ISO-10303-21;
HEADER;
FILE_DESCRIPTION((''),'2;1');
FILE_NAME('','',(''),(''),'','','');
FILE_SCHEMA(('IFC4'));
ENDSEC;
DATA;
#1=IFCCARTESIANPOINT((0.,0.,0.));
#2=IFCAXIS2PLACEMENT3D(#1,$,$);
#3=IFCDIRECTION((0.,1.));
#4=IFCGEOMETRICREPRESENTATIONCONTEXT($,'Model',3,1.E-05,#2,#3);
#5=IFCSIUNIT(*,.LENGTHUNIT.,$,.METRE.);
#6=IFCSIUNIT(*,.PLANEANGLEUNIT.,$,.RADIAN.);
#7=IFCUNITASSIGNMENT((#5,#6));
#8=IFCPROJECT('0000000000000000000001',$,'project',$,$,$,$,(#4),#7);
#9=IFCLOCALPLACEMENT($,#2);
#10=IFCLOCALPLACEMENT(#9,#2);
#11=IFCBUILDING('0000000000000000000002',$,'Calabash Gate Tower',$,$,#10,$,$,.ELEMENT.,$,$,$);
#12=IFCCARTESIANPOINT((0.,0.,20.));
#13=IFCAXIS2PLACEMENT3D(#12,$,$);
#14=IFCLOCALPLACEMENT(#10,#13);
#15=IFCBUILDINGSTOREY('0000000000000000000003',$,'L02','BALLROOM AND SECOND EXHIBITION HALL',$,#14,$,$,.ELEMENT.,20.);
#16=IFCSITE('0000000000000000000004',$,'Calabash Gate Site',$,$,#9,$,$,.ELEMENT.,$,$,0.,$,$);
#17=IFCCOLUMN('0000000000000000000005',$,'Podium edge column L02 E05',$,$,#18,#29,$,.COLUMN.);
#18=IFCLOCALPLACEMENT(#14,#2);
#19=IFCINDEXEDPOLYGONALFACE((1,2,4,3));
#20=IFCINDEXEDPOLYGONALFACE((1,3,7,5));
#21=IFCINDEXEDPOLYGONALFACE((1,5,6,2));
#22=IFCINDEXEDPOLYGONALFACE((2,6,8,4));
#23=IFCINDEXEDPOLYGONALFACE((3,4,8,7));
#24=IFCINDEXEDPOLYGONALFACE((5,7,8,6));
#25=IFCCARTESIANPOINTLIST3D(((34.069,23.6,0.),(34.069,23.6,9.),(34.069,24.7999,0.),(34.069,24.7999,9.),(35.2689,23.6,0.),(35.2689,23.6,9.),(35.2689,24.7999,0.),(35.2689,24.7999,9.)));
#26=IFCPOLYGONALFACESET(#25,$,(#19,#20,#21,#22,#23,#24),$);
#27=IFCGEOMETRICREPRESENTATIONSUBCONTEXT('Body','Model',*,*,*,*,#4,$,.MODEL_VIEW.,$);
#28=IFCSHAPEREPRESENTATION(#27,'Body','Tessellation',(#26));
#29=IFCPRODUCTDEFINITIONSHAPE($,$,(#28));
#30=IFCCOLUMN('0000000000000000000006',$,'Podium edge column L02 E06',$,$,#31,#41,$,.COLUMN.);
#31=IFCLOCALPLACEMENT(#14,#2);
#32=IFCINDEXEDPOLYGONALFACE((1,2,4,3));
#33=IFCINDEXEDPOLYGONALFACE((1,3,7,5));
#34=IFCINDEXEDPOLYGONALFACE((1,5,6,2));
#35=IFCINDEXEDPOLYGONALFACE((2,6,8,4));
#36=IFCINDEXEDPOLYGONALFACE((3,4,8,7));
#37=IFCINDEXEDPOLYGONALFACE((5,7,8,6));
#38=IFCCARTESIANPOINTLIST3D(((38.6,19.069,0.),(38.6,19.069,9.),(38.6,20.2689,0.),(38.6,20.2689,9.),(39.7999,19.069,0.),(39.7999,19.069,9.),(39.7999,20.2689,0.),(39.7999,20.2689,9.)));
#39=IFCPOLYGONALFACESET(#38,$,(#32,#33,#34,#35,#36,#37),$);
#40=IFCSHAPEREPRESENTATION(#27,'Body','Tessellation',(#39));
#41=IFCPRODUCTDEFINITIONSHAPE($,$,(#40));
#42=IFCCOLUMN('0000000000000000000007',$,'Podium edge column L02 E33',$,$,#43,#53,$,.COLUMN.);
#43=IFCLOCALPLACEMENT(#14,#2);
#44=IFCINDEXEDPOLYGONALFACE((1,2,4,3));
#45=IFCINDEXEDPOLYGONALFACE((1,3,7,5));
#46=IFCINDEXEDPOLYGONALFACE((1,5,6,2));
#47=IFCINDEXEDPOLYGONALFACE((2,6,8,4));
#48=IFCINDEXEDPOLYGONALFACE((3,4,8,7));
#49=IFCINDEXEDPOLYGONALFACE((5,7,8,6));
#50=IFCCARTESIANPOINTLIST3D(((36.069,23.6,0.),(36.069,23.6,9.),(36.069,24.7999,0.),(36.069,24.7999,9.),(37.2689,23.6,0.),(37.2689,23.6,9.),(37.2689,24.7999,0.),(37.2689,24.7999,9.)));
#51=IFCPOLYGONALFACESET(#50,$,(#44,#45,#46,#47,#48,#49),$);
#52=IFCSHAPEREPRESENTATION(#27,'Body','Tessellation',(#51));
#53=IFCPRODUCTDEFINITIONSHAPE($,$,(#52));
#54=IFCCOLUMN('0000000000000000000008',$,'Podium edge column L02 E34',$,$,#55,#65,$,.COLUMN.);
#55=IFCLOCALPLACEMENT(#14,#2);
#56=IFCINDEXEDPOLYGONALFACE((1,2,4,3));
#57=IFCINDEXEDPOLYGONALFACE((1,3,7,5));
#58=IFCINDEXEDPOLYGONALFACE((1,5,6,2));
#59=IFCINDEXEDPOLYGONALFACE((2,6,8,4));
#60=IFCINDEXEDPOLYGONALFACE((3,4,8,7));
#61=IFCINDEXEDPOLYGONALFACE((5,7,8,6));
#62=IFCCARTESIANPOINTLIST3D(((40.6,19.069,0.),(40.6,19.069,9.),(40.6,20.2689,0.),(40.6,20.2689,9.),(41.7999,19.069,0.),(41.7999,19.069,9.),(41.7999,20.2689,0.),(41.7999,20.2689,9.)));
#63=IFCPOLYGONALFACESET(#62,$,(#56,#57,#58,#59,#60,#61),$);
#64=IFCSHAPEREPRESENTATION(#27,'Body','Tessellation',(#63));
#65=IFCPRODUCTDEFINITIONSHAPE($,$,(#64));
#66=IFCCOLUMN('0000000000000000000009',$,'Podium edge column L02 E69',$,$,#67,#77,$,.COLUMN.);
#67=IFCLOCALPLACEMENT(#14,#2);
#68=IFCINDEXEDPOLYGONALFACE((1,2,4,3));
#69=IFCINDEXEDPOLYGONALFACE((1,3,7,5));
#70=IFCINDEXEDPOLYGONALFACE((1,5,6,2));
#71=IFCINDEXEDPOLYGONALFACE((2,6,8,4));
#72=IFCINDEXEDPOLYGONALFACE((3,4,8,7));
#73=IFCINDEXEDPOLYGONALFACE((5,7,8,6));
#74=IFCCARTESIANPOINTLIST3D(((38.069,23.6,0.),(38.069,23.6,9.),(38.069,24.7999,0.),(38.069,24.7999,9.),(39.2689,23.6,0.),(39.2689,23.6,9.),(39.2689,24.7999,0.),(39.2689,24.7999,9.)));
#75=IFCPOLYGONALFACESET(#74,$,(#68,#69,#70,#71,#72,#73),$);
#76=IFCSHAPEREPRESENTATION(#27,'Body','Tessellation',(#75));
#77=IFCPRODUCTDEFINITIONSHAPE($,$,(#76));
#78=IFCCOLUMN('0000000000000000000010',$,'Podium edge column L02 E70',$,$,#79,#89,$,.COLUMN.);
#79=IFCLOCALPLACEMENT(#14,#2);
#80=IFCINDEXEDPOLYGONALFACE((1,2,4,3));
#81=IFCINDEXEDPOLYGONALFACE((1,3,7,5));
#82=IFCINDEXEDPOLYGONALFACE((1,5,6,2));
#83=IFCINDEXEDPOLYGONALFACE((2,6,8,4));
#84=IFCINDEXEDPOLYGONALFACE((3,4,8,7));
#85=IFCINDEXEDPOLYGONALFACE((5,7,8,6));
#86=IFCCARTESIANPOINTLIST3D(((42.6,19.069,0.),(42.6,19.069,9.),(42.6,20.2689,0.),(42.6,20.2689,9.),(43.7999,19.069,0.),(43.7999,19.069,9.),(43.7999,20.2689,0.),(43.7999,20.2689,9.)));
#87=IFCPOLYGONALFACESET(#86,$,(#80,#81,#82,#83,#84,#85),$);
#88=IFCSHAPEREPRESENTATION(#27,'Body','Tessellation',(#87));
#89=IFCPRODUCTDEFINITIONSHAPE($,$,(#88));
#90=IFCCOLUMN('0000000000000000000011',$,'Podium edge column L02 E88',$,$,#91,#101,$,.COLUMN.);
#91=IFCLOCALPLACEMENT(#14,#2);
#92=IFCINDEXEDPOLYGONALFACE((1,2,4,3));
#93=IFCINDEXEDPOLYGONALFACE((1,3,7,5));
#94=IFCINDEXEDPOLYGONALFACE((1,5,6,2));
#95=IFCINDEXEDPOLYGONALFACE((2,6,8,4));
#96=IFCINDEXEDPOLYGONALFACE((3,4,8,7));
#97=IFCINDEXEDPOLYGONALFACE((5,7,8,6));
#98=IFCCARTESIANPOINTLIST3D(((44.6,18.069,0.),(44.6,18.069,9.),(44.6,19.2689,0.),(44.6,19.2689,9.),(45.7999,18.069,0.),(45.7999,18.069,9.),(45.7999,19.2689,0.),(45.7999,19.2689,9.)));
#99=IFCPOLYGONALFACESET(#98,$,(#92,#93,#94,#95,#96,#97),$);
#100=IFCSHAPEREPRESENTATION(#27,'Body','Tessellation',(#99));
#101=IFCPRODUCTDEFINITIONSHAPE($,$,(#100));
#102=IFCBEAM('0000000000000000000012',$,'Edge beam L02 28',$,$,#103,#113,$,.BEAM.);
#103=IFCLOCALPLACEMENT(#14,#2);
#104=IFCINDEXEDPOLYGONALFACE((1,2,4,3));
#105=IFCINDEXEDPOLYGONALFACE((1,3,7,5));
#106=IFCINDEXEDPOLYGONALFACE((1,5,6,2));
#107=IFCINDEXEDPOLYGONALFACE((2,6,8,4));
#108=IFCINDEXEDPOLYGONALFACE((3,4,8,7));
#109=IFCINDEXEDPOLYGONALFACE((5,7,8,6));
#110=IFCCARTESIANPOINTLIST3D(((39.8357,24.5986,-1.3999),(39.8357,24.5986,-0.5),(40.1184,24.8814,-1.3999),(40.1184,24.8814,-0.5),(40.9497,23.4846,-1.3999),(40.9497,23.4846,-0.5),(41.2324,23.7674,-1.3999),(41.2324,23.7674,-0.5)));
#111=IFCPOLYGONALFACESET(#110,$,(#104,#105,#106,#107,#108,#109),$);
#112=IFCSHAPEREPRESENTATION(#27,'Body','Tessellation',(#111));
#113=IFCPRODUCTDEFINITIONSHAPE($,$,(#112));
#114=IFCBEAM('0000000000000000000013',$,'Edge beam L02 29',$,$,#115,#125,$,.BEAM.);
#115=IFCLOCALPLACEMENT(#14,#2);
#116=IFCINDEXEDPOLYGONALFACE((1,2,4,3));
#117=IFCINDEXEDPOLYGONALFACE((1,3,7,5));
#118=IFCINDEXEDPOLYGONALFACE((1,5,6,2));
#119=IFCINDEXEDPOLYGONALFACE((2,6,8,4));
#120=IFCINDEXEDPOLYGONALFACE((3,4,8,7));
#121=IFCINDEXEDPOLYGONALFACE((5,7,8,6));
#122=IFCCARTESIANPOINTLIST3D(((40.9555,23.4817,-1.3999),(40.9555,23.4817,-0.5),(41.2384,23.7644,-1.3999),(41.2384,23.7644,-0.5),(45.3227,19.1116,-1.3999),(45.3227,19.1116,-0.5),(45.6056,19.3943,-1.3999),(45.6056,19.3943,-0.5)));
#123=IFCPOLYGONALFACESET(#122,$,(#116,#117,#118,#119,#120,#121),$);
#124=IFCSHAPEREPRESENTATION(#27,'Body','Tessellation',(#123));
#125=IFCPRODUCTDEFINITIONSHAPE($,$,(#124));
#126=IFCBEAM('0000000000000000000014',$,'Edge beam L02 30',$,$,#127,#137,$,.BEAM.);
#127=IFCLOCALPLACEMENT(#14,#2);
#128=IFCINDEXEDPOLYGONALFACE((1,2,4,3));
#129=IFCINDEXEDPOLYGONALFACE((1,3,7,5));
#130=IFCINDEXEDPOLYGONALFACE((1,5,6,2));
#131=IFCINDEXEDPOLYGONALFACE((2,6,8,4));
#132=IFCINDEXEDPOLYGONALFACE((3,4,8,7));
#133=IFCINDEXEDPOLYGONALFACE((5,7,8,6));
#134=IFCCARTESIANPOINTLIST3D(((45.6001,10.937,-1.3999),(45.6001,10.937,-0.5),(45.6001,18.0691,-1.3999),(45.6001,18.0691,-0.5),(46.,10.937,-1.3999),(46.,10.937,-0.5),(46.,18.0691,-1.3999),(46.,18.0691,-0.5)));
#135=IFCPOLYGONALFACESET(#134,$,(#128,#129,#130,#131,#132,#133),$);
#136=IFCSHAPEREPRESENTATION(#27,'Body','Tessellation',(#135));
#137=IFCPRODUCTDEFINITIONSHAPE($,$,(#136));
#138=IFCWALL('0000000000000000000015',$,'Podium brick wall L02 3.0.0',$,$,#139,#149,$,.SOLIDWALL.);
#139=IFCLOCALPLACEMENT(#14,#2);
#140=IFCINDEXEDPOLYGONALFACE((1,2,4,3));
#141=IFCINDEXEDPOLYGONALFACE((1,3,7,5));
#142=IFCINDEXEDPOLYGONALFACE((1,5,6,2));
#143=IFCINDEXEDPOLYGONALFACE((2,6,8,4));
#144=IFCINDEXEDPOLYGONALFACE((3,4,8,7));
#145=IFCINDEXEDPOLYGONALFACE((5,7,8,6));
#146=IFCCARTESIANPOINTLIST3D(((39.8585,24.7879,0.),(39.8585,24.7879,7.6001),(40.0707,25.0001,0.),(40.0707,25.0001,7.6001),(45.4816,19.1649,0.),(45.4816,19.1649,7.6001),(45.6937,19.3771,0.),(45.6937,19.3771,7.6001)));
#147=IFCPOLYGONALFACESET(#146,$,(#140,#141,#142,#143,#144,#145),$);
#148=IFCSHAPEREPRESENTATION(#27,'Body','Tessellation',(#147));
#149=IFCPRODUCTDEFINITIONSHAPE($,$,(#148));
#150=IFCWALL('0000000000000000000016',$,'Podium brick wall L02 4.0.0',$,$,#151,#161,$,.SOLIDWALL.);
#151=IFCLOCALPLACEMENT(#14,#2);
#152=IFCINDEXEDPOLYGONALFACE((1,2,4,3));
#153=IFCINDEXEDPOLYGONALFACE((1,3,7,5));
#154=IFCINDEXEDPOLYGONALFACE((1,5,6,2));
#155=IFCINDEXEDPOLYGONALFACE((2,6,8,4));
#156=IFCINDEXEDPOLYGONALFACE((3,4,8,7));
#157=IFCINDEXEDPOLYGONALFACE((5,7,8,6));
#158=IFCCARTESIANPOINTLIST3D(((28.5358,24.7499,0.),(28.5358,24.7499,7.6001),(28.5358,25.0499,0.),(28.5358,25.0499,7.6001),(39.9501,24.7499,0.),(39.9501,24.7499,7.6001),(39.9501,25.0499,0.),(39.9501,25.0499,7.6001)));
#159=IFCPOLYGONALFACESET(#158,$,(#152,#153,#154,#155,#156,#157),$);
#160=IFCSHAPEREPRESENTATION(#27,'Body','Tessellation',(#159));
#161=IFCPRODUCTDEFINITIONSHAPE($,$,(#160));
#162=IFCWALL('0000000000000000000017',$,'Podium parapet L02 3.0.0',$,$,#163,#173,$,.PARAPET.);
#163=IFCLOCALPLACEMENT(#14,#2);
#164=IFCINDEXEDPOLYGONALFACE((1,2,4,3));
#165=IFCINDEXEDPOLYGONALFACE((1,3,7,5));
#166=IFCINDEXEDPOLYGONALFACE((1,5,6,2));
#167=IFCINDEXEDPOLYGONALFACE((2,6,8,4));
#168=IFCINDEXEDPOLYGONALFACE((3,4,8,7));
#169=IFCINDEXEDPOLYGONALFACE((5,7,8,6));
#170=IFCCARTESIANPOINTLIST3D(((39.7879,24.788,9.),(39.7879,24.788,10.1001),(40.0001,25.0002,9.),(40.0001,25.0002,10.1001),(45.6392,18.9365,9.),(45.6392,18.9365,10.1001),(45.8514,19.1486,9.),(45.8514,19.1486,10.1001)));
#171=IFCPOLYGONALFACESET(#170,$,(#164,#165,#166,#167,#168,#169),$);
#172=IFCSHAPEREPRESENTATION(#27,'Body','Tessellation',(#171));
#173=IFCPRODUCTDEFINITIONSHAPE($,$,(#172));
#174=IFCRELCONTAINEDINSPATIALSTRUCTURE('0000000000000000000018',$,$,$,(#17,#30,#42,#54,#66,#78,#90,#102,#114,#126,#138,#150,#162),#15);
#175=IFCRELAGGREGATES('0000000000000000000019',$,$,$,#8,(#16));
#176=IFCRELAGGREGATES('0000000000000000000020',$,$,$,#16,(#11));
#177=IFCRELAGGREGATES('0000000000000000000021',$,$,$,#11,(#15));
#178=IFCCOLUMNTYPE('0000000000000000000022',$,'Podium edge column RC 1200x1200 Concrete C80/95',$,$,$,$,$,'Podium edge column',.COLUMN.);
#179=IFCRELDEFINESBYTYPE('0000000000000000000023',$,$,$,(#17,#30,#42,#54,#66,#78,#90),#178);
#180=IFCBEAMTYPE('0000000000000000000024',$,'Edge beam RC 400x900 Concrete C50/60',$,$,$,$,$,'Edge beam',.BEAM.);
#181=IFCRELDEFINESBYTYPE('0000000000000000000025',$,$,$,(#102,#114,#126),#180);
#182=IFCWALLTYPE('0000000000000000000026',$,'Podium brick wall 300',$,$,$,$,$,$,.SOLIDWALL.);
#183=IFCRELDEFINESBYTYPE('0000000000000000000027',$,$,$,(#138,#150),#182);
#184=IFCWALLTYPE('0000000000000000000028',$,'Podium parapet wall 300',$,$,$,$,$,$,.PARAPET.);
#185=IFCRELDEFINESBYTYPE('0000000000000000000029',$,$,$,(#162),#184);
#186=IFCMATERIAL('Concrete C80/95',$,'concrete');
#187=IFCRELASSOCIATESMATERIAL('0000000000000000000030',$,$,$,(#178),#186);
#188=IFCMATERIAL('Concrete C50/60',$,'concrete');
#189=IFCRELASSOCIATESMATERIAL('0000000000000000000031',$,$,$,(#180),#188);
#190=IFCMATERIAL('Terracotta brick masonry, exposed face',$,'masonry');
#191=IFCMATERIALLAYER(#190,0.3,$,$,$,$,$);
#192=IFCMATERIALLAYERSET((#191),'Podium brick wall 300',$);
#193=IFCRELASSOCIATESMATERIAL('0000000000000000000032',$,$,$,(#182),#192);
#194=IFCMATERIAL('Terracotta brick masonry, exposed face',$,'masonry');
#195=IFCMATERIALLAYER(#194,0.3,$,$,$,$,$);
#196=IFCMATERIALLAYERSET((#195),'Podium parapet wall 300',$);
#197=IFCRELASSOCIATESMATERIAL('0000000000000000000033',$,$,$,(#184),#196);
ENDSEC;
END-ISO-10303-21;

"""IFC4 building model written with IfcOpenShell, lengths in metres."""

from ifc_helpers import new_model, si_unit, direction, frame, frame_2d, origin, origin_2d, place, context, subcontext, project, spatial, rectangle, extrude, material, layer, layer_set, material_profile, profile_set, type_object, element, save


model = new_model("IFC4")

# Units and contexts
model_context = context("Model", 3, precision=1e-05, world=origin(), true_north=direction((0.0, 1.0)))
body_context = subcontext(model_context, "Body", "Model", "MODEL_VIEW")
ifc_project = project(units=[si_unit("LENGTHUNIT", "METRE"), si_unit("PLANEANGLEUNIT", "RADIAN")], contexts=[model_context])

# Site, building, storey
site_placement = place(None, origin())
site = spatial("IfcSite", under=ifc_project, at=site_placement, Name="Calabash Gate Site", CompositionType="ELEMENT", RefElevation=0.0)
building_placement = place(site_placement, origin())
building = spatial("IfcBuilding", under=site, at=building_placement, Name="Calabash Gate Tower", CompositionType="ELEMENT")
storey_placement = place(building_placement, frame((0.0, 0.0, 20.0)))
storey = spatial("IfcBuildingStorey", under=building, at=storey_placement, Name="L02", Description="BALLROOM AND SECOND EXHIBITION HALL", CompositionType="ELEMENT", Elevation=20.0)

# Columns
ifc_material_1 = material(Name="Concrete C80/95", Category="concrete")
ifc_material_profile_1 = material_profile(ifc_material_1, rectangle(XDim=1.2, YDim=1.2, at=origin_2d()))
ifc_profile_set_1 = profile_set([ifc_material_profile_1], Name="Concrete C80/95")
column_type = type_object("IfcColumnType", Name="Podium edge column RC 1200x1200 Concrete C80/95", ElementType="Podium edge column", PredefinedType="COLUMN", material=ifc_profile_set_1)
for number, where, z_axis, x_axis, name in (
    (1, (34.6689, 24.2, 0.0), (0.0, 0.0, 1.0), (1.0, 0.0, 0.0), "Podium edge column L02 E05"),
    (2, (39.2, 19.6689, 0.0), (0.0, 0.0, 1.0), (1.0, 0.0, 0.0), "Podium edge column L02 E06"),
    (3, (36.6689, 24.2, 0.0), (0.0, 0.0, 1.0), (1.0, 0.0, 0.0), "Podium edge column L02 E33"),
    (4, (41.2, 19.6689, 0.0), (0.0, 0.0, 1.0), (1.0, 0.0, 0.0), "Podium edge column L02 E34"),
    (5, (38.6689, 24.2, 0.0), (0.0, 0.0, 1.0), (1.0, 0.0, 0.0), "Podium edge column L02 E69"),
    (6, (43.2, 19.6689, 0.0), (0.0, 0.0, 1.0), (1.0, 0.0, 0.0), "Podium edge column L02 E70"),
    (7, (45.2, 18.6689, 0.0), (0.0, 0.0, 1.0), (1.0, 0.0, 0.0), "Podium edge column L02 E88"),
):
    element("IfcColumn", number, at=place(storey_placement, frame(where, z_axis=z_axis, x_axis=x_axis)), inside=storey, type_object=column_type, Name=name, PredefinedType="COLUMN", context=body_context, shape_type="SweptSolid", body=[
        extrude(rectangle(XDim=1.2, YDim=1.2, at=origin_2d()), origin(), (0.0, 0.0, 1.0), 9.0),
    ])

# Beams
ifc_material_2 = material(Name="Concrete C50/60", Category="concrete")
ifc_material_profile_2 = material_profile(ifc_material_2, rectangle(XDim=0.3999, YDim=0.8999, at=origin_2d()))
ifc_profile_set_2 = profile_set([ifc_material_profile_2], Name="Concrete C50/60")
beam_type = type_object("IfcBeamType", Name="Edge beam RC 400x900 Concrete C50/60", ElementType="Edge beam", PredefinedType="BEAM", material=ifc_profile_set_2)
beam_1_placement = place(storey_placement, frame((39.9771, 24.74, -0.95), z_axis=(0.707107, -0.707107, 0.0), x_axis=(0.707107, 0.707107, 0.0)))
element("IfcBeam", 8, at=beam_1_placement, inside=storey, type_object=beam_type, Name="Edge beam L02 28", PredefinedType="BEAM", context=body_context, shape_type="SweptSolid", body=[
    extrude(rectangle(XDim=0.3999, YDim=0.8999, at=origin_2d()), origin(), (0.0, 0.0, 1.0), 1.5754),
])
beam_2_placement = place(storey_placement, frame((41.0969, 23.623, -0.95), z_axis=(0.70687, -0.707344, 0.0), x_axis=(0.707344, 0.70687, 0.0)))
element("IfcBeam", 9, at=beam_2_placement, inside=storey, type_object=beam_type, Name="Edge beam L02 29", PredefinedType="BEAM", context=body_context, shape_type="SweptSolid", body=[
    extrude(rectangle(XDim=0.3999, YDim=0.8999, at=origin_2d()), origin(), (0.0, 0.0, 1.0), 6.1782),
])
beam_3_placement = place(storey_placement, frame((45.8, 18.0691, -0.95), z_axis=(0.0, -1.0, 0.0), x_axis=(1.0, 0.0, 0.0)))
element("IfcBeam", 10, at=beam_3_placement, inside=storey, type_object=beam_type, Name="Edge beam L02 30", PredefinedType="BEAM", context=body_context, shape_type="SweptSolid", body=[
    extrude(rectangle(XDim=0.3999, YDim=0.8999, at=origin_2d()), origin(), (0.0, 0.0, 1.0), 7.1321),
])

# Walls
ifc_material_3 = material(Name="Terracotta brick masonry, exposed face", Category="masonry")
ifc_layer_1 = layer(ifc_material_3, 0.3)
ifc_layer_set_1 = layer_set([ifc_layer_1], Name="Podium brick wall 300")
wall_type_1 = type_object("IfcWallType", Name="Podium brick wall 300", PredefinedType="SOLIDWALL", material=ifc_layer_set_1)
wall_1_placement = place(storey_placement, frame((45.5876, 19.271, 0.0), z_axis=(0.0, 0.0, 1.0), x_axis=(-0.707107, 0.707107, 0.0)))
element("IfcWall", 11, at=wall_1_placement, inside=storey, type_object=wall_type_1, Name="Podium brick wall L02 3.0.0", PredefinedType="SOLIDWALL", context=body_context, shape_type="SweptSolid", body=[
    extrude(rectangle(XDim=7.9521, YDim=0.3, at=frame_2d((3.9761, 0.0))), origin(), (0.0, 0.0, 1.0), 7.6001),
])
wall_2_placement = place(storey_placement, frame((39.95, 24.8999, 0.0), z_axis=(0.0, 0.0, 1.0), x_axis=(-1.0, 0.0, 0.0)))
element("IfcWall", 12, at=wall_2_placement, inside=storey, type_object=wall_type_1, Name="Podium brick wall L02 4.0.0", PredefinedType="SOLIDWALL", context=body_context, shape_type="SweptSolid", body=[
    extrude(rectangle(XDim=11.4143, YDim=0.3, at=frame_2d((5.707, 0.0))), origin(), (0.0, 0.0, 1.0), 7.6001),
])
ifc_material_4 = material(Name="Terracotta brick masonry, exposed face", Category="masonry")
ifc_layer_2 = layer(ifc_material_4, 0.3)
ifc_layer_set_2 = layer_set([ifc_layer_2], Name="Podium parapet wall 300")
wall_type_2 = type_object("IfcWallType", Name="Podium parapet wall 300", PredefinedType="PARAPET", material=ifc_layer_set_2)
wall_3_placement = place(storey_placement, frame((45.7454, 19.0425, 9.0), z_axis=(0.0, 0.0, 1.0), x_axis=(-0.707092, 0.707122, 0.0)))
element("IfcWall", 13, at=wall_3_placement, inside=storey, type_object=wall_type_2, Name="Podium parapet L02 3.0.0", PredefinedType="PARAPET", context=body_context, shape_type="SweptSolid", body=[
    extrude(rectangle(XDim=8.2751, YDim=0.3, at=frame_2d((4.1377, 0.0))), origin(), (0.0, 0.0, 1.0), 1.1001),
])

save(model, "model.ifc")
